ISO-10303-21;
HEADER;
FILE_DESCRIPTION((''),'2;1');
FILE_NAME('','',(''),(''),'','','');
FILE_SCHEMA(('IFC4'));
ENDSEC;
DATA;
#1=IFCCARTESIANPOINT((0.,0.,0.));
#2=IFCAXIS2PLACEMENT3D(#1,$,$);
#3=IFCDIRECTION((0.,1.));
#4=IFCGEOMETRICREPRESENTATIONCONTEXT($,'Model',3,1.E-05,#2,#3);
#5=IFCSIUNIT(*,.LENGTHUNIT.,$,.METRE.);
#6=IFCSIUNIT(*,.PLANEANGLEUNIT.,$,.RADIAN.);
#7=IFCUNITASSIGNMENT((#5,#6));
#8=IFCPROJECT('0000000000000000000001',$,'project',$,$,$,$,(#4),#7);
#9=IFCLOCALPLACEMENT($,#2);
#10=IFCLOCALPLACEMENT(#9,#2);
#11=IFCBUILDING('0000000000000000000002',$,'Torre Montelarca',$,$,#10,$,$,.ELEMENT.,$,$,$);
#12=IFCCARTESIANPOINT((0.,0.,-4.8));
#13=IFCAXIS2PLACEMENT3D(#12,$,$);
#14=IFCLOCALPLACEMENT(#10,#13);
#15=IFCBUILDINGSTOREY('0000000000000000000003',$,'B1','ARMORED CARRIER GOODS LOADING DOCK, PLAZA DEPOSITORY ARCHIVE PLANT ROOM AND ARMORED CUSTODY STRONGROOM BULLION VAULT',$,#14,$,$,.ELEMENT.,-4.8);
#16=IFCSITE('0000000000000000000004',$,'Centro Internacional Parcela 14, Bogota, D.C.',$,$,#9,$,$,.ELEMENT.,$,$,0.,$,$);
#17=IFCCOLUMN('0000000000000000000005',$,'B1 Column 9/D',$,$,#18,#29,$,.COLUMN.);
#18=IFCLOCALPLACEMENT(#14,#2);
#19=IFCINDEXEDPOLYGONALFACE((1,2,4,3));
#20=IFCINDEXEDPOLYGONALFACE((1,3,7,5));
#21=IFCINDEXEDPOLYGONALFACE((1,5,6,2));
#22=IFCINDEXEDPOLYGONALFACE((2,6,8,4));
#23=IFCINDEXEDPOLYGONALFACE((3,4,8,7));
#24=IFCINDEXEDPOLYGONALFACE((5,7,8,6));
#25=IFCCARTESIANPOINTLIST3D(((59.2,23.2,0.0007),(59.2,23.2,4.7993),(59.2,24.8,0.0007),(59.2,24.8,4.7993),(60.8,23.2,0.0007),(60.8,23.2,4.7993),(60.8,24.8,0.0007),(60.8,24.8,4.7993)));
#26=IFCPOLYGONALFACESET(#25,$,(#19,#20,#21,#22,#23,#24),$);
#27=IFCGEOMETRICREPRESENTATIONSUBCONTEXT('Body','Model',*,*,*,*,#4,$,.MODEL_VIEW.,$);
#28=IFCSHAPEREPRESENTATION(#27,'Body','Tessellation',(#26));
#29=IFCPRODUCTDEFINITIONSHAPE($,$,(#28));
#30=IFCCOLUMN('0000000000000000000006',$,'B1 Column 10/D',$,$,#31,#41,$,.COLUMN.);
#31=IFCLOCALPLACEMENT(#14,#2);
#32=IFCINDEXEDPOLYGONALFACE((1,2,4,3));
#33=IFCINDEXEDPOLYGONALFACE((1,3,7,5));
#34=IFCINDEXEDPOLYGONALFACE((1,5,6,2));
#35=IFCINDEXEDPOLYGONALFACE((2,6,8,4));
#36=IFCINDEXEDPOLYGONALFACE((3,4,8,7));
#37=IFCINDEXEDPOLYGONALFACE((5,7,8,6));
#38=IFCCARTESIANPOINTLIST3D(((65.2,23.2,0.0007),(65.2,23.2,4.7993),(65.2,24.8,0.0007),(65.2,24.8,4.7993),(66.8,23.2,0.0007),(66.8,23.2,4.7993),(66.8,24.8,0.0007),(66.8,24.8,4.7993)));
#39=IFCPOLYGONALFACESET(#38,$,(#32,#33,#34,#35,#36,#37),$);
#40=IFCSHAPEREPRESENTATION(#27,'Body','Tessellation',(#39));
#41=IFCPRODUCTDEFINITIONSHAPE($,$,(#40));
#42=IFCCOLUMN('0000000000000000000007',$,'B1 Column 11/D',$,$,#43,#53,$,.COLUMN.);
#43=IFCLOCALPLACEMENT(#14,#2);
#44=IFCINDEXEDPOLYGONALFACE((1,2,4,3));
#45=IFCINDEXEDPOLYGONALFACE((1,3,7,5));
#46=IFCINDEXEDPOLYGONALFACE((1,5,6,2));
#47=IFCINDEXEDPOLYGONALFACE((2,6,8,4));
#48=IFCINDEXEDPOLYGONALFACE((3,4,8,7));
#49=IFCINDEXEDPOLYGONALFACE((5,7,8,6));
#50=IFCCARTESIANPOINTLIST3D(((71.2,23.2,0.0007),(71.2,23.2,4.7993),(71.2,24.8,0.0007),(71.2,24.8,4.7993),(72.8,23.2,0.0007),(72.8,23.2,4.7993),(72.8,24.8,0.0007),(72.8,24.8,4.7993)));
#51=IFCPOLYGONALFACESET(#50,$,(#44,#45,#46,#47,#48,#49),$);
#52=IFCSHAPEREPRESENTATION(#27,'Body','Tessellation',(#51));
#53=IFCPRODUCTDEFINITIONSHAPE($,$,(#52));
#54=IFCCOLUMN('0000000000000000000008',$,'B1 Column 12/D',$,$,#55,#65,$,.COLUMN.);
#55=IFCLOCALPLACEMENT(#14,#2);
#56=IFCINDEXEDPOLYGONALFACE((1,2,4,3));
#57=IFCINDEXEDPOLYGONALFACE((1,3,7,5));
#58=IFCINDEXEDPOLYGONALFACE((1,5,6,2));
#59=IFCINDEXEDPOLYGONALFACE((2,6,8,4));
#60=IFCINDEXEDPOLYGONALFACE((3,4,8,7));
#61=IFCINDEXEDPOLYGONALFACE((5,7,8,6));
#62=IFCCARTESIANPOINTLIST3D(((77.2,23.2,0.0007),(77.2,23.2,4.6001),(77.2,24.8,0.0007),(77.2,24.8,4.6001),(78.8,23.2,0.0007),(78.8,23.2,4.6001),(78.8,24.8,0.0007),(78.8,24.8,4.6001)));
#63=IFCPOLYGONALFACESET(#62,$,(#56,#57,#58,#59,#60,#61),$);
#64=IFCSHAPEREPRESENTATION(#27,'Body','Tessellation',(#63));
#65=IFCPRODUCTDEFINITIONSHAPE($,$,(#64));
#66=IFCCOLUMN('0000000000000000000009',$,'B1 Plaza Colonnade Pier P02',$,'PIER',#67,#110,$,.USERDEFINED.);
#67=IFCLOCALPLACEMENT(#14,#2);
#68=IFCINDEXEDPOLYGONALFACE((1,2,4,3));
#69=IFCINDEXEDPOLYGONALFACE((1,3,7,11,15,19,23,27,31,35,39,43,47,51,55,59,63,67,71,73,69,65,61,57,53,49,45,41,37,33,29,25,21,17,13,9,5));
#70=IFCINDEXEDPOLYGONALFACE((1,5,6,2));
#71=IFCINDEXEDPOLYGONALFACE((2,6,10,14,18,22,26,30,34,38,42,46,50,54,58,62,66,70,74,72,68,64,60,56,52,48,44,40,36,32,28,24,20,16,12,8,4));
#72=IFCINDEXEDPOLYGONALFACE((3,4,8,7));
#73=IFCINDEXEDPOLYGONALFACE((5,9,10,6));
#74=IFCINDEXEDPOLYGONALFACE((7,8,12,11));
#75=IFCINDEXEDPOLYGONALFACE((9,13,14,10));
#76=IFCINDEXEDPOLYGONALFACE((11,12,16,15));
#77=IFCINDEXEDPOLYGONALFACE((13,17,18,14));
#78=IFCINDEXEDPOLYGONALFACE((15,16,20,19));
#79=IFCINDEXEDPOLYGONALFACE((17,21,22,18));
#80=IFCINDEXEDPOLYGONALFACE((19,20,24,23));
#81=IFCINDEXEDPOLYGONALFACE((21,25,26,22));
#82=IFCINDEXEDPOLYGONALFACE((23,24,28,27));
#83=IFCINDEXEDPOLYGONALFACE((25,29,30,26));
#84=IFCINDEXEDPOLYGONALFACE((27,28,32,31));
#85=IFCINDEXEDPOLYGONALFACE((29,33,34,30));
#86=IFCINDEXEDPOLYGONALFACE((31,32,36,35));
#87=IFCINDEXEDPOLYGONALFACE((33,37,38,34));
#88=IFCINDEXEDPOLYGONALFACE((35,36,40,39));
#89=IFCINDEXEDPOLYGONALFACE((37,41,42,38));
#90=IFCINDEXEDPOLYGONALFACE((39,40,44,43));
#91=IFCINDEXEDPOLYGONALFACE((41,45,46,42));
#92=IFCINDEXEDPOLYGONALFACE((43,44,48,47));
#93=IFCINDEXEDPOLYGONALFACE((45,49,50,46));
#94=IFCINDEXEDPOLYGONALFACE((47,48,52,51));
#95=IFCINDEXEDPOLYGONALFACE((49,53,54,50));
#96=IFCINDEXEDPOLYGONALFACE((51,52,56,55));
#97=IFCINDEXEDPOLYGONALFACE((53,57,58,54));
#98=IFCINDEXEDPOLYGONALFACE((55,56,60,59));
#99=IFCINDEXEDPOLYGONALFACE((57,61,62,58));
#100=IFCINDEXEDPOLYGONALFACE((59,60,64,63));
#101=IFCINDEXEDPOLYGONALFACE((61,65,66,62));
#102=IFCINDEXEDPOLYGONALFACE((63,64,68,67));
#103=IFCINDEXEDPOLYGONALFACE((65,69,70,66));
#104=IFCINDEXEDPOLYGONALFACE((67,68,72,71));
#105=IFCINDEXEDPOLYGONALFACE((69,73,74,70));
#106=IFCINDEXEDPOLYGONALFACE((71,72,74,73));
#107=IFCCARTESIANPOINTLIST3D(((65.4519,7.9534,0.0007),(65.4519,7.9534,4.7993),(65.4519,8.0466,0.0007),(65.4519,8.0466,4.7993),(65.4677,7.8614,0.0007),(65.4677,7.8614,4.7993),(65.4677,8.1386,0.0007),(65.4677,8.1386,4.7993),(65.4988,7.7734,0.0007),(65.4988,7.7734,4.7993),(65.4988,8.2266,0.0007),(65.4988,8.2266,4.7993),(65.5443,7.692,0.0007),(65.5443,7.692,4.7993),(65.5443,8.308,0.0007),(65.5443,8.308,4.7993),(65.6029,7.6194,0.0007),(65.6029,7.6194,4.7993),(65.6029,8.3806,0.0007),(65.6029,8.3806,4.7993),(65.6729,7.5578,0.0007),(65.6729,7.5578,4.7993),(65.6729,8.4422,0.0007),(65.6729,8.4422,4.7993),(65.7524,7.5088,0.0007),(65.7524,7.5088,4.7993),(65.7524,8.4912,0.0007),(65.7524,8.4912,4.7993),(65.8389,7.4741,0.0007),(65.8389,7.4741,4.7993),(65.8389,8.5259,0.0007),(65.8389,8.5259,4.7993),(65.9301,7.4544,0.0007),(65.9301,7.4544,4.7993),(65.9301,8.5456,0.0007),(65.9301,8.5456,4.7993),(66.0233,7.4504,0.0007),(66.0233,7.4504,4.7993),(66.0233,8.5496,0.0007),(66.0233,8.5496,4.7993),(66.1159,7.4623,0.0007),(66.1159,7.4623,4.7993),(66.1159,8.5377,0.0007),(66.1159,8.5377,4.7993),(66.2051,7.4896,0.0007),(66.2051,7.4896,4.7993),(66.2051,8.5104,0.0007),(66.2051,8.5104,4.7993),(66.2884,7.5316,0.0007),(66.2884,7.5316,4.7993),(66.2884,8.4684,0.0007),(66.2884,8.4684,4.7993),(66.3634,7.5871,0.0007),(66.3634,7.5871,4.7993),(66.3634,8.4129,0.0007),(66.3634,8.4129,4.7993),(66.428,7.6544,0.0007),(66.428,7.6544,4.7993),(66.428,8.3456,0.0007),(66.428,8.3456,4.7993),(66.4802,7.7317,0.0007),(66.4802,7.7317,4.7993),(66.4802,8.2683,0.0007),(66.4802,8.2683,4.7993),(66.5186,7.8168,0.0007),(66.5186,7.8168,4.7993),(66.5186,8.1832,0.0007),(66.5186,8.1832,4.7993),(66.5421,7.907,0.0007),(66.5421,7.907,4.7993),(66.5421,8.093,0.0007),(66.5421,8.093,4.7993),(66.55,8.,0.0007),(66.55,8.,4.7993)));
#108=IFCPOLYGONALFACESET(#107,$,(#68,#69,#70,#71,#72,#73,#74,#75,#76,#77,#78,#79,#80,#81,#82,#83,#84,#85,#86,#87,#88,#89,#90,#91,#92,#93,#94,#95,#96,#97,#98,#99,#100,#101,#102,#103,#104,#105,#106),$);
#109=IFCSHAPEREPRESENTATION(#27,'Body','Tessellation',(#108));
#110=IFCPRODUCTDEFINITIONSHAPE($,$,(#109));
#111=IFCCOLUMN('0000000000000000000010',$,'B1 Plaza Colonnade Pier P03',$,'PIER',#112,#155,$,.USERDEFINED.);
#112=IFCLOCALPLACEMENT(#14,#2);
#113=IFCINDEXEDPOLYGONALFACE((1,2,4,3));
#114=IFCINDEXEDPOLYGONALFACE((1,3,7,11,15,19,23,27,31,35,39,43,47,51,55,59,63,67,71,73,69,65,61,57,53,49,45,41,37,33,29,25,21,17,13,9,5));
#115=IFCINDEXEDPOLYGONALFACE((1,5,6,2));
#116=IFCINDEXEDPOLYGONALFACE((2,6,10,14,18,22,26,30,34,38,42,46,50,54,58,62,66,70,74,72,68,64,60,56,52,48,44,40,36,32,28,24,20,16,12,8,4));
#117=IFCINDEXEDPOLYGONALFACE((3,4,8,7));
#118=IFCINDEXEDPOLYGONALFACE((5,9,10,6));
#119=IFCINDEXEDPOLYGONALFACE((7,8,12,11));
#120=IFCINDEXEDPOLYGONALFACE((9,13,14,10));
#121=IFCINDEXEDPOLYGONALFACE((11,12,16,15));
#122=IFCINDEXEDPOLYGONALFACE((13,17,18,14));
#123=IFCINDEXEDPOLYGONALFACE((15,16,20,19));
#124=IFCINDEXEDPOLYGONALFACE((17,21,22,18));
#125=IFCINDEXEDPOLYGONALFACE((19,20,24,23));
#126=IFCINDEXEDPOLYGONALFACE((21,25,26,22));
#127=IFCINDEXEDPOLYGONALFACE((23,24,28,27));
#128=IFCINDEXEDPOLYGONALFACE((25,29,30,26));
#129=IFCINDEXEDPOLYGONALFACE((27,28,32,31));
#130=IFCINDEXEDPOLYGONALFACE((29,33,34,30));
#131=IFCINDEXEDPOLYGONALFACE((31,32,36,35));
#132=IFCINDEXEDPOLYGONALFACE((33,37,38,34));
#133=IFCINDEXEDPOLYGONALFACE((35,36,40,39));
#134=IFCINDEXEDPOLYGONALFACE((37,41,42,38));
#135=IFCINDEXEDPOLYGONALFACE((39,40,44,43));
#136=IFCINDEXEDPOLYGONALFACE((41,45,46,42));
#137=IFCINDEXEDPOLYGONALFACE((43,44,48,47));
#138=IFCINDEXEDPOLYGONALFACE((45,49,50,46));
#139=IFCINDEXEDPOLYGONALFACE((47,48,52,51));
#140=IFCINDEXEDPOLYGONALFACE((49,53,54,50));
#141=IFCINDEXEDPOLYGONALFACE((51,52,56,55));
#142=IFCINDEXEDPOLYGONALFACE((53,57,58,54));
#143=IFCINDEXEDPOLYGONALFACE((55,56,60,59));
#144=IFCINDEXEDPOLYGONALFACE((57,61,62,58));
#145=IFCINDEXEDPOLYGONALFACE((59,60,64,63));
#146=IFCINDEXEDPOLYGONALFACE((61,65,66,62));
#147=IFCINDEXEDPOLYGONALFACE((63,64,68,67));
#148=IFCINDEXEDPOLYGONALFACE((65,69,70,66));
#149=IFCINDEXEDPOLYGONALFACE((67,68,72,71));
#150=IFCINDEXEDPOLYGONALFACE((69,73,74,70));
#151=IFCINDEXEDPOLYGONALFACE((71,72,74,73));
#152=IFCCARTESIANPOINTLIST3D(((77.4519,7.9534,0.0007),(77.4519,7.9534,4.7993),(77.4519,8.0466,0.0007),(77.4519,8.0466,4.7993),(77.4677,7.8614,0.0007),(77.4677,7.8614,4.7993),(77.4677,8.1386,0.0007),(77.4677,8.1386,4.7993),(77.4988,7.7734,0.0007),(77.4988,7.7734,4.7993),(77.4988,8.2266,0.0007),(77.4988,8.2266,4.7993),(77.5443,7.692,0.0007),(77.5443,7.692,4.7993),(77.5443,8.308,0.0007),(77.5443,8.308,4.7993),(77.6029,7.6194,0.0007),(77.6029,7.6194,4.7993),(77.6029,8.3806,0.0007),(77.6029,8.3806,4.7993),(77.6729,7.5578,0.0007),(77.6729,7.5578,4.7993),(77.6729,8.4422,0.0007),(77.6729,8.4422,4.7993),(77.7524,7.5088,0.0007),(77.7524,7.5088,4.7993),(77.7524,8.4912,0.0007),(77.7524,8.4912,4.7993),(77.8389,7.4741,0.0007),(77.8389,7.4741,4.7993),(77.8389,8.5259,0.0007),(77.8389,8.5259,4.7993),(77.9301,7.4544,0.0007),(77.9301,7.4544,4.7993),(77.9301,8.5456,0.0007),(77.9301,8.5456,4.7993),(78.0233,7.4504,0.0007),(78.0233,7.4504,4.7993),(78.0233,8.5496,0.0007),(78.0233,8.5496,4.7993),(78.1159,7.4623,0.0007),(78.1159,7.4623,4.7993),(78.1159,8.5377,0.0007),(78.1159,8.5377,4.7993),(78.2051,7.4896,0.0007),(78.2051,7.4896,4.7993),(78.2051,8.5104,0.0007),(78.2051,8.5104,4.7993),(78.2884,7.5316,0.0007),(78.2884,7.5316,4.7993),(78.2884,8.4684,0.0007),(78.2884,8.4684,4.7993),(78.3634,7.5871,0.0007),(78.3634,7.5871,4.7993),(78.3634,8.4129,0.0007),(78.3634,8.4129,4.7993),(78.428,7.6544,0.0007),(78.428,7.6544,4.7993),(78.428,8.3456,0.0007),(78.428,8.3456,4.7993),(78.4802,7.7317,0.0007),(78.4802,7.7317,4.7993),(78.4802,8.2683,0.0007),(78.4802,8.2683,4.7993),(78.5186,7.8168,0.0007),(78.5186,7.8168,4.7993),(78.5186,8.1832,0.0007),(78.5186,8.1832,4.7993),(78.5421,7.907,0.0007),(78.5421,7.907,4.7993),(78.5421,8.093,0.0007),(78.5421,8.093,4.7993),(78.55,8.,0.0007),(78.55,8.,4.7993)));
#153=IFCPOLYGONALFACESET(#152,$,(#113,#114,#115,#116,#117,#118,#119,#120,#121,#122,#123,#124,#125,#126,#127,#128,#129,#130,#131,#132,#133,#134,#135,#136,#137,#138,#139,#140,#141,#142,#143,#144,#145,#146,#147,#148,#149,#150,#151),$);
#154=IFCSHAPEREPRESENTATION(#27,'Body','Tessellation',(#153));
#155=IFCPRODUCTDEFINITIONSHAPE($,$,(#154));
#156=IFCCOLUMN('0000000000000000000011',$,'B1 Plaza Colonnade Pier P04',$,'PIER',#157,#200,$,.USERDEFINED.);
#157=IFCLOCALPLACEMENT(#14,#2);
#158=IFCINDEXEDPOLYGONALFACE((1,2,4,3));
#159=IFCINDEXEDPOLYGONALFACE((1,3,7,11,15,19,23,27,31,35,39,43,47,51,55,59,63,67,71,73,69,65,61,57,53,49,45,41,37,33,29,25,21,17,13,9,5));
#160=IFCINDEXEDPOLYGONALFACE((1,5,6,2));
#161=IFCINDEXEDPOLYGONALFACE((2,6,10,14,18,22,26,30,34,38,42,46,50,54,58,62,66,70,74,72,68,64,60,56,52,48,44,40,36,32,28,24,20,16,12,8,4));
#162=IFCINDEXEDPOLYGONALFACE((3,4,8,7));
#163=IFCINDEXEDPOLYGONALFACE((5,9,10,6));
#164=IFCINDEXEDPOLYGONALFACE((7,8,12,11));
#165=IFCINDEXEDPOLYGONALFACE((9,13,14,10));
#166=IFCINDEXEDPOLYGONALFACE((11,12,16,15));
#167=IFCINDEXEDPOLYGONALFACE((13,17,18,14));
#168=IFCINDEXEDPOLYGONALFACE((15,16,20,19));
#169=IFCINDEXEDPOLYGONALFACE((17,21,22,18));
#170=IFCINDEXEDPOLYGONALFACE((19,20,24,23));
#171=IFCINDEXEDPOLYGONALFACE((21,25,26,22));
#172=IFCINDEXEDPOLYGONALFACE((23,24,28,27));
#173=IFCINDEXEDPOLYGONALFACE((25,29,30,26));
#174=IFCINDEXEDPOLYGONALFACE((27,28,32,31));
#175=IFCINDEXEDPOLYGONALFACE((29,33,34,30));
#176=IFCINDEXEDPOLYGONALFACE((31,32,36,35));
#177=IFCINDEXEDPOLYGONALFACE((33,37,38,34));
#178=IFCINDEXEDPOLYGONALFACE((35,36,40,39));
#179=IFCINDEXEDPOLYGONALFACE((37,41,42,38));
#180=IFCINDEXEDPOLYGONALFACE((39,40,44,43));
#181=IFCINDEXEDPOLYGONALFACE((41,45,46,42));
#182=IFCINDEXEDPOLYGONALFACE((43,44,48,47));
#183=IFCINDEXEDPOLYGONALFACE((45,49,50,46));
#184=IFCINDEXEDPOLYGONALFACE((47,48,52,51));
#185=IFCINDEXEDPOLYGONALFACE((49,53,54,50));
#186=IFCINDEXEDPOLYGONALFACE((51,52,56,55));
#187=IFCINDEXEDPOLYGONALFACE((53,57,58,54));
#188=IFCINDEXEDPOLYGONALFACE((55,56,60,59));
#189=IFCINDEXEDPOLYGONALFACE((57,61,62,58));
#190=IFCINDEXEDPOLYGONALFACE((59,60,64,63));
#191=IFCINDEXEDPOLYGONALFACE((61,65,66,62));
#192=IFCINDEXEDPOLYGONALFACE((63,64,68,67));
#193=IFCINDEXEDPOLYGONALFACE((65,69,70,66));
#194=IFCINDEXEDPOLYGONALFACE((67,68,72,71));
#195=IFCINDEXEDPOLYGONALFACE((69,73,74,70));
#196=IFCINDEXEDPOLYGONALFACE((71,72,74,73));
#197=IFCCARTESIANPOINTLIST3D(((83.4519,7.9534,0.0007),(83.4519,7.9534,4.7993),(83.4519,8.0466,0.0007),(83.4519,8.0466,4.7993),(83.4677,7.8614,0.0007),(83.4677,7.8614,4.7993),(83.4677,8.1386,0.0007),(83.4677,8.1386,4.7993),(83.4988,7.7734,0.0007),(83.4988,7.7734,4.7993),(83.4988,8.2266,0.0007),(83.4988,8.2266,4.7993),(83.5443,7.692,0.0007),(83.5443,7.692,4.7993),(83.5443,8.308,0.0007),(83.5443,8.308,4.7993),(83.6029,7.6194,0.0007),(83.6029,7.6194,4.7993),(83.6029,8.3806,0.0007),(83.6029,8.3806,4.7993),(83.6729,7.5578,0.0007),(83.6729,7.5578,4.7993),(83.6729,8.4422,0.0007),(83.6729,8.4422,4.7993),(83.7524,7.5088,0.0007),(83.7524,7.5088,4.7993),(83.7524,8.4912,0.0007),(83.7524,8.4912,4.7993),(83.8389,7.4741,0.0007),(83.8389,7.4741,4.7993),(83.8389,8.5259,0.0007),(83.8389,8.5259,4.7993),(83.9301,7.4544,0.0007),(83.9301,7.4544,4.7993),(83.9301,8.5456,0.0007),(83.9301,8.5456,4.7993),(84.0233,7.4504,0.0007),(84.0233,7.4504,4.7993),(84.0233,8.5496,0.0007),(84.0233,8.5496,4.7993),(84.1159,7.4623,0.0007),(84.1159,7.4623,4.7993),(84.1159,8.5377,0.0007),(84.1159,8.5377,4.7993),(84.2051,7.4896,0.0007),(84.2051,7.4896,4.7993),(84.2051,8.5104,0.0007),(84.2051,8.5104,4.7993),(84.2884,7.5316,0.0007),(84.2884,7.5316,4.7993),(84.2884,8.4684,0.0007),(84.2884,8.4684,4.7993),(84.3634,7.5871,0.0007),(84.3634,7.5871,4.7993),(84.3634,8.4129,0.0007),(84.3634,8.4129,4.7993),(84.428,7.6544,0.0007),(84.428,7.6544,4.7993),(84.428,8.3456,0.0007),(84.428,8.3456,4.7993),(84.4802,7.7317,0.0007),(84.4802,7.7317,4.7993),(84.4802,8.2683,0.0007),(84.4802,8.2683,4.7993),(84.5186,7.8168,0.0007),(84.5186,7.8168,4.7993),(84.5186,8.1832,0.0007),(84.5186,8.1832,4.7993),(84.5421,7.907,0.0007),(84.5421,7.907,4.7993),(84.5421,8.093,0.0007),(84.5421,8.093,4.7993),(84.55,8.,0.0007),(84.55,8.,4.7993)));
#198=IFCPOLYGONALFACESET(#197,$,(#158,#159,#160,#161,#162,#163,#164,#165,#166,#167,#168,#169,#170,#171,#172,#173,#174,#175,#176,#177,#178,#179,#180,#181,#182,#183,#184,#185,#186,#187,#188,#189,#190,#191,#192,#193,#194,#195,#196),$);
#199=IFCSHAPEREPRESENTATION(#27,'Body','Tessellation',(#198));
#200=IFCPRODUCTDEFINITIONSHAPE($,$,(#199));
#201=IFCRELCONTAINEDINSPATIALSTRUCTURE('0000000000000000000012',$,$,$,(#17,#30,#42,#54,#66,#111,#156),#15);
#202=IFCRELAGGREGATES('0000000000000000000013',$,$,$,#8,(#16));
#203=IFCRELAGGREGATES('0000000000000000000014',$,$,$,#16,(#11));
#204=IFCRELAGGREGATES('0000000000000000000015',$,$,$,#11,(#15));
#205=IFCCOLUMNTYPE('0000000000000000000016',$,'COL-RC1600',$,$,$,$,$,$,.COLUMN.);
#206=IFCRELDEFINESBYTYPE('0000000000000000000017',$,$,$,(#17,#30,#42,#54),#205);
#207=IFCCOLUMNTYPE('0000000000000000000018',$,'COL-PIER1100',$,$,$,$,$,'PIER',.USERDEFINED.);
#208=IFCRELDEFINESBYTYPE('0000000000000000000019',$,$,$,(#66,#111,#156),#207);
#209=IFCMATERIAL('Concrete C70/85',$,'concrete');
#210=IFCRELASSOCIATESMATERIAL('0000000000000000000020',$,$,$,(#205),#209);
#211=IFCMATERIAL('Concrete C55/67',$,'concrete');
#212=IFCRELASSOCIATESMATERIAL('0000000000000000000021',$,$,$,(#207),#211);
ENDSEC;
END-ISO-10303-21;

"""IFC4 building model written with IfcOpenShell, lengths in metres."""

from ifc_helpers import new_model, si_unit, direction, frame, origin, origin_2d, place, context, subcontext, project, spatial, rectangle, circle, extrude, source, transform, mapped, material, material_profile, profile_set, type_object, element, save


model = new_model("IFC4")

# Units and contexts
model_context = context("Model", 3, precision=1e-05, world=origin(), true_north=direction((0.0, 1.0)))
body_context = subcontext(model_context, "Body", "Model", "MODEL_VIEW")
ifc_project = project(units=[si_unit("LENGTHUNIT", "METRE"), si_unit("PLANEANGLEUNIT", "RADIAN")], contexts=[model_context])

# Site, building, storey
site_placement = place(None, origin())
site = spatial("IfcSite", under=ifc_project, at=site_placement, Name="Centro Internacional Parcela 14, Bogota, D.C.", CompositionType="ELEMENT", RefElevation=0.0)
building_placement = place(site_placement, origin())
building = spatial("IfcBuilding", under=site, at=building_placement, Name="Torre Montelarca", CompositionType="ELEMENT")
storey_placement = place(building_placement, frame((0.0, 0.0, -4.8)))
storey = spatial("IfcBuildingStorey", under=building, at=storey_placement, Name="B1", Description="ARMORED CARRIER GOODS LOADING DOCK, PLAZA DEPOSITORY ARCHIVE PLANT ROOM AND ARMORED CUSTODY STRONGROOM BULLION VAULT", CompositionType="ELEMENT", Elevation=-4.8)

# Columns
ifc_material_1 = material(Name="Concrete C70/85", Category="concrete")
ifc_material_profile_1 = material_profile(ifc_material_1, rectangle(XDim=1.6001, YDim=1.6001, at=origin_2d()), Name="RC1600X1600", Category="concrete")
ifc_profile_set_1 = profile_set([ifc_material_profile_1], Name="Concrete C70/85")
column_type_1 = type_object("IfcColumnType", Name="COL-RC1600", PredefinedType="COLUMN", material=ifc_profile_set_1)
shared_shape_1 = source(origin(), body_context, "Body", "SweptSolid", [
    extrude(rectangle(XDim=1.6001, YDim=1.6001, at=origin_2d()), origin(), (0.0, 0.0, 1.0), 4.7986),
])
for number, where, z_axis, x_axis, name in (
    (1, (60.0, 24.0, 0.0007), (0.0, 0.0, 1.0), (1.0, 0.0, 0.0), "B1 Column 9/D"),
    (2, (66.0, 24.0, 0.0007), (0.0, 0.0, 1.0), (1.0, 0.0, 0.0), "B1 Column 10/D"),
    (3, (72.0, 24.0, 0.0007), (0.0, 0.0, 1.0), (1.0, 0.0, 0.0), "B1 Column 11/D"),
):
    element("IfcColumn", number, at=place(storey_placement, frame(where, z_axis=z_axis, x_axis=x_axis)), inside=storey, type_object=column_type_1, Name=name, PredefinedType="COLUMN", context=body_context, shape_type="MappedRepresentation", body=[
        mapped(shared_shape_1, transform((0.0, 0.0, 0.0), scale=1.0)),
    ])
shared_shape_2 = source(origin(), body_context, "Body", "SweptSolid", [
    extrude(rectangle(XDim=1.6001, YDim=1.6001, at=origin_2d()), origin(), (0.0, 0.0, 1.0), 4.5994),
])
column_placement = place(storey_placement, frame((78.0, 24.0, 0.0007), z_axis=(0.0, 0.0, 1.0), x_axis=(1.0, 0.0, 0.0)))
element("IfcColumn", 4, at=column_placement, inside=storey, type_object=column_type_1, Name="B1 Column 12/D", PredefinedType="COLUMN", context=body_context, shape_type="MappedRepresentation", body=[
    mapped(shared_shape_2, transform((0.0, 0.0, 0.0), scale=1.0)),
])
ifc_material_2 = material(Name="Concrete C55/67", Category="concrete")
ifc_material_profile_2 = material_profile(ifc_material_2, circle(Radius=0.55, at=origin_2d()), Name="RCC1100", Category="concrete")
ifc_profile_set_2 = profile_set([ifc_material_profile_2], Name="Concrete C55/67")
column_type_2 = type_object("IfcColumnType", Name="COL-PIER1100", ElementType="PIER", PredefinedType="USERDEFINED", material=ifc_profile_set_2)
shared_shape_3 = source(origin(), body_context, "Body", "SweptSolid", [
    extrude(circle(Radius=0.55, at=origin_2d()), origin(), (0.0, 0.0, 1.0), 4.7986),
])
for number, where, z_axis, x_axis, name in (
    (5, (66.0, 8.0, 0.0007), (0.0, 0.0, 1.0), (1.0, 0.0, 0.0), "B1 Plaza Colonnade Pier P02"),
    (6, (78.0, 8.0, 0.0007), (0.0, 0.0, 1.0), (1.0, 0.0, 0.0), "B1 Plaza Colonnade Pier P03"),
    (7, (84.0, 8.0, 0.0007), (0.0, 0.0, 1.0), (1.0, 0.0, 0.0), "B1 Plaza Colonnade Pier P04"),
):
    element("IfcColumn", number, at=place(storey_placement, frame(where, z_axis=z_axis, x_axis=x_axis)), inside=storey, type_object=column_type_2, Name=name, ObjectType="PIER", PredefinedType="USERDEFINED", context=body_context, shape_type="MappedRepresentation", body=[
        mapped(shared_shape_3, transform((0.0, 0.0, 0.0), scale=1.0)),
    ])

save(model, "model.ifc")
